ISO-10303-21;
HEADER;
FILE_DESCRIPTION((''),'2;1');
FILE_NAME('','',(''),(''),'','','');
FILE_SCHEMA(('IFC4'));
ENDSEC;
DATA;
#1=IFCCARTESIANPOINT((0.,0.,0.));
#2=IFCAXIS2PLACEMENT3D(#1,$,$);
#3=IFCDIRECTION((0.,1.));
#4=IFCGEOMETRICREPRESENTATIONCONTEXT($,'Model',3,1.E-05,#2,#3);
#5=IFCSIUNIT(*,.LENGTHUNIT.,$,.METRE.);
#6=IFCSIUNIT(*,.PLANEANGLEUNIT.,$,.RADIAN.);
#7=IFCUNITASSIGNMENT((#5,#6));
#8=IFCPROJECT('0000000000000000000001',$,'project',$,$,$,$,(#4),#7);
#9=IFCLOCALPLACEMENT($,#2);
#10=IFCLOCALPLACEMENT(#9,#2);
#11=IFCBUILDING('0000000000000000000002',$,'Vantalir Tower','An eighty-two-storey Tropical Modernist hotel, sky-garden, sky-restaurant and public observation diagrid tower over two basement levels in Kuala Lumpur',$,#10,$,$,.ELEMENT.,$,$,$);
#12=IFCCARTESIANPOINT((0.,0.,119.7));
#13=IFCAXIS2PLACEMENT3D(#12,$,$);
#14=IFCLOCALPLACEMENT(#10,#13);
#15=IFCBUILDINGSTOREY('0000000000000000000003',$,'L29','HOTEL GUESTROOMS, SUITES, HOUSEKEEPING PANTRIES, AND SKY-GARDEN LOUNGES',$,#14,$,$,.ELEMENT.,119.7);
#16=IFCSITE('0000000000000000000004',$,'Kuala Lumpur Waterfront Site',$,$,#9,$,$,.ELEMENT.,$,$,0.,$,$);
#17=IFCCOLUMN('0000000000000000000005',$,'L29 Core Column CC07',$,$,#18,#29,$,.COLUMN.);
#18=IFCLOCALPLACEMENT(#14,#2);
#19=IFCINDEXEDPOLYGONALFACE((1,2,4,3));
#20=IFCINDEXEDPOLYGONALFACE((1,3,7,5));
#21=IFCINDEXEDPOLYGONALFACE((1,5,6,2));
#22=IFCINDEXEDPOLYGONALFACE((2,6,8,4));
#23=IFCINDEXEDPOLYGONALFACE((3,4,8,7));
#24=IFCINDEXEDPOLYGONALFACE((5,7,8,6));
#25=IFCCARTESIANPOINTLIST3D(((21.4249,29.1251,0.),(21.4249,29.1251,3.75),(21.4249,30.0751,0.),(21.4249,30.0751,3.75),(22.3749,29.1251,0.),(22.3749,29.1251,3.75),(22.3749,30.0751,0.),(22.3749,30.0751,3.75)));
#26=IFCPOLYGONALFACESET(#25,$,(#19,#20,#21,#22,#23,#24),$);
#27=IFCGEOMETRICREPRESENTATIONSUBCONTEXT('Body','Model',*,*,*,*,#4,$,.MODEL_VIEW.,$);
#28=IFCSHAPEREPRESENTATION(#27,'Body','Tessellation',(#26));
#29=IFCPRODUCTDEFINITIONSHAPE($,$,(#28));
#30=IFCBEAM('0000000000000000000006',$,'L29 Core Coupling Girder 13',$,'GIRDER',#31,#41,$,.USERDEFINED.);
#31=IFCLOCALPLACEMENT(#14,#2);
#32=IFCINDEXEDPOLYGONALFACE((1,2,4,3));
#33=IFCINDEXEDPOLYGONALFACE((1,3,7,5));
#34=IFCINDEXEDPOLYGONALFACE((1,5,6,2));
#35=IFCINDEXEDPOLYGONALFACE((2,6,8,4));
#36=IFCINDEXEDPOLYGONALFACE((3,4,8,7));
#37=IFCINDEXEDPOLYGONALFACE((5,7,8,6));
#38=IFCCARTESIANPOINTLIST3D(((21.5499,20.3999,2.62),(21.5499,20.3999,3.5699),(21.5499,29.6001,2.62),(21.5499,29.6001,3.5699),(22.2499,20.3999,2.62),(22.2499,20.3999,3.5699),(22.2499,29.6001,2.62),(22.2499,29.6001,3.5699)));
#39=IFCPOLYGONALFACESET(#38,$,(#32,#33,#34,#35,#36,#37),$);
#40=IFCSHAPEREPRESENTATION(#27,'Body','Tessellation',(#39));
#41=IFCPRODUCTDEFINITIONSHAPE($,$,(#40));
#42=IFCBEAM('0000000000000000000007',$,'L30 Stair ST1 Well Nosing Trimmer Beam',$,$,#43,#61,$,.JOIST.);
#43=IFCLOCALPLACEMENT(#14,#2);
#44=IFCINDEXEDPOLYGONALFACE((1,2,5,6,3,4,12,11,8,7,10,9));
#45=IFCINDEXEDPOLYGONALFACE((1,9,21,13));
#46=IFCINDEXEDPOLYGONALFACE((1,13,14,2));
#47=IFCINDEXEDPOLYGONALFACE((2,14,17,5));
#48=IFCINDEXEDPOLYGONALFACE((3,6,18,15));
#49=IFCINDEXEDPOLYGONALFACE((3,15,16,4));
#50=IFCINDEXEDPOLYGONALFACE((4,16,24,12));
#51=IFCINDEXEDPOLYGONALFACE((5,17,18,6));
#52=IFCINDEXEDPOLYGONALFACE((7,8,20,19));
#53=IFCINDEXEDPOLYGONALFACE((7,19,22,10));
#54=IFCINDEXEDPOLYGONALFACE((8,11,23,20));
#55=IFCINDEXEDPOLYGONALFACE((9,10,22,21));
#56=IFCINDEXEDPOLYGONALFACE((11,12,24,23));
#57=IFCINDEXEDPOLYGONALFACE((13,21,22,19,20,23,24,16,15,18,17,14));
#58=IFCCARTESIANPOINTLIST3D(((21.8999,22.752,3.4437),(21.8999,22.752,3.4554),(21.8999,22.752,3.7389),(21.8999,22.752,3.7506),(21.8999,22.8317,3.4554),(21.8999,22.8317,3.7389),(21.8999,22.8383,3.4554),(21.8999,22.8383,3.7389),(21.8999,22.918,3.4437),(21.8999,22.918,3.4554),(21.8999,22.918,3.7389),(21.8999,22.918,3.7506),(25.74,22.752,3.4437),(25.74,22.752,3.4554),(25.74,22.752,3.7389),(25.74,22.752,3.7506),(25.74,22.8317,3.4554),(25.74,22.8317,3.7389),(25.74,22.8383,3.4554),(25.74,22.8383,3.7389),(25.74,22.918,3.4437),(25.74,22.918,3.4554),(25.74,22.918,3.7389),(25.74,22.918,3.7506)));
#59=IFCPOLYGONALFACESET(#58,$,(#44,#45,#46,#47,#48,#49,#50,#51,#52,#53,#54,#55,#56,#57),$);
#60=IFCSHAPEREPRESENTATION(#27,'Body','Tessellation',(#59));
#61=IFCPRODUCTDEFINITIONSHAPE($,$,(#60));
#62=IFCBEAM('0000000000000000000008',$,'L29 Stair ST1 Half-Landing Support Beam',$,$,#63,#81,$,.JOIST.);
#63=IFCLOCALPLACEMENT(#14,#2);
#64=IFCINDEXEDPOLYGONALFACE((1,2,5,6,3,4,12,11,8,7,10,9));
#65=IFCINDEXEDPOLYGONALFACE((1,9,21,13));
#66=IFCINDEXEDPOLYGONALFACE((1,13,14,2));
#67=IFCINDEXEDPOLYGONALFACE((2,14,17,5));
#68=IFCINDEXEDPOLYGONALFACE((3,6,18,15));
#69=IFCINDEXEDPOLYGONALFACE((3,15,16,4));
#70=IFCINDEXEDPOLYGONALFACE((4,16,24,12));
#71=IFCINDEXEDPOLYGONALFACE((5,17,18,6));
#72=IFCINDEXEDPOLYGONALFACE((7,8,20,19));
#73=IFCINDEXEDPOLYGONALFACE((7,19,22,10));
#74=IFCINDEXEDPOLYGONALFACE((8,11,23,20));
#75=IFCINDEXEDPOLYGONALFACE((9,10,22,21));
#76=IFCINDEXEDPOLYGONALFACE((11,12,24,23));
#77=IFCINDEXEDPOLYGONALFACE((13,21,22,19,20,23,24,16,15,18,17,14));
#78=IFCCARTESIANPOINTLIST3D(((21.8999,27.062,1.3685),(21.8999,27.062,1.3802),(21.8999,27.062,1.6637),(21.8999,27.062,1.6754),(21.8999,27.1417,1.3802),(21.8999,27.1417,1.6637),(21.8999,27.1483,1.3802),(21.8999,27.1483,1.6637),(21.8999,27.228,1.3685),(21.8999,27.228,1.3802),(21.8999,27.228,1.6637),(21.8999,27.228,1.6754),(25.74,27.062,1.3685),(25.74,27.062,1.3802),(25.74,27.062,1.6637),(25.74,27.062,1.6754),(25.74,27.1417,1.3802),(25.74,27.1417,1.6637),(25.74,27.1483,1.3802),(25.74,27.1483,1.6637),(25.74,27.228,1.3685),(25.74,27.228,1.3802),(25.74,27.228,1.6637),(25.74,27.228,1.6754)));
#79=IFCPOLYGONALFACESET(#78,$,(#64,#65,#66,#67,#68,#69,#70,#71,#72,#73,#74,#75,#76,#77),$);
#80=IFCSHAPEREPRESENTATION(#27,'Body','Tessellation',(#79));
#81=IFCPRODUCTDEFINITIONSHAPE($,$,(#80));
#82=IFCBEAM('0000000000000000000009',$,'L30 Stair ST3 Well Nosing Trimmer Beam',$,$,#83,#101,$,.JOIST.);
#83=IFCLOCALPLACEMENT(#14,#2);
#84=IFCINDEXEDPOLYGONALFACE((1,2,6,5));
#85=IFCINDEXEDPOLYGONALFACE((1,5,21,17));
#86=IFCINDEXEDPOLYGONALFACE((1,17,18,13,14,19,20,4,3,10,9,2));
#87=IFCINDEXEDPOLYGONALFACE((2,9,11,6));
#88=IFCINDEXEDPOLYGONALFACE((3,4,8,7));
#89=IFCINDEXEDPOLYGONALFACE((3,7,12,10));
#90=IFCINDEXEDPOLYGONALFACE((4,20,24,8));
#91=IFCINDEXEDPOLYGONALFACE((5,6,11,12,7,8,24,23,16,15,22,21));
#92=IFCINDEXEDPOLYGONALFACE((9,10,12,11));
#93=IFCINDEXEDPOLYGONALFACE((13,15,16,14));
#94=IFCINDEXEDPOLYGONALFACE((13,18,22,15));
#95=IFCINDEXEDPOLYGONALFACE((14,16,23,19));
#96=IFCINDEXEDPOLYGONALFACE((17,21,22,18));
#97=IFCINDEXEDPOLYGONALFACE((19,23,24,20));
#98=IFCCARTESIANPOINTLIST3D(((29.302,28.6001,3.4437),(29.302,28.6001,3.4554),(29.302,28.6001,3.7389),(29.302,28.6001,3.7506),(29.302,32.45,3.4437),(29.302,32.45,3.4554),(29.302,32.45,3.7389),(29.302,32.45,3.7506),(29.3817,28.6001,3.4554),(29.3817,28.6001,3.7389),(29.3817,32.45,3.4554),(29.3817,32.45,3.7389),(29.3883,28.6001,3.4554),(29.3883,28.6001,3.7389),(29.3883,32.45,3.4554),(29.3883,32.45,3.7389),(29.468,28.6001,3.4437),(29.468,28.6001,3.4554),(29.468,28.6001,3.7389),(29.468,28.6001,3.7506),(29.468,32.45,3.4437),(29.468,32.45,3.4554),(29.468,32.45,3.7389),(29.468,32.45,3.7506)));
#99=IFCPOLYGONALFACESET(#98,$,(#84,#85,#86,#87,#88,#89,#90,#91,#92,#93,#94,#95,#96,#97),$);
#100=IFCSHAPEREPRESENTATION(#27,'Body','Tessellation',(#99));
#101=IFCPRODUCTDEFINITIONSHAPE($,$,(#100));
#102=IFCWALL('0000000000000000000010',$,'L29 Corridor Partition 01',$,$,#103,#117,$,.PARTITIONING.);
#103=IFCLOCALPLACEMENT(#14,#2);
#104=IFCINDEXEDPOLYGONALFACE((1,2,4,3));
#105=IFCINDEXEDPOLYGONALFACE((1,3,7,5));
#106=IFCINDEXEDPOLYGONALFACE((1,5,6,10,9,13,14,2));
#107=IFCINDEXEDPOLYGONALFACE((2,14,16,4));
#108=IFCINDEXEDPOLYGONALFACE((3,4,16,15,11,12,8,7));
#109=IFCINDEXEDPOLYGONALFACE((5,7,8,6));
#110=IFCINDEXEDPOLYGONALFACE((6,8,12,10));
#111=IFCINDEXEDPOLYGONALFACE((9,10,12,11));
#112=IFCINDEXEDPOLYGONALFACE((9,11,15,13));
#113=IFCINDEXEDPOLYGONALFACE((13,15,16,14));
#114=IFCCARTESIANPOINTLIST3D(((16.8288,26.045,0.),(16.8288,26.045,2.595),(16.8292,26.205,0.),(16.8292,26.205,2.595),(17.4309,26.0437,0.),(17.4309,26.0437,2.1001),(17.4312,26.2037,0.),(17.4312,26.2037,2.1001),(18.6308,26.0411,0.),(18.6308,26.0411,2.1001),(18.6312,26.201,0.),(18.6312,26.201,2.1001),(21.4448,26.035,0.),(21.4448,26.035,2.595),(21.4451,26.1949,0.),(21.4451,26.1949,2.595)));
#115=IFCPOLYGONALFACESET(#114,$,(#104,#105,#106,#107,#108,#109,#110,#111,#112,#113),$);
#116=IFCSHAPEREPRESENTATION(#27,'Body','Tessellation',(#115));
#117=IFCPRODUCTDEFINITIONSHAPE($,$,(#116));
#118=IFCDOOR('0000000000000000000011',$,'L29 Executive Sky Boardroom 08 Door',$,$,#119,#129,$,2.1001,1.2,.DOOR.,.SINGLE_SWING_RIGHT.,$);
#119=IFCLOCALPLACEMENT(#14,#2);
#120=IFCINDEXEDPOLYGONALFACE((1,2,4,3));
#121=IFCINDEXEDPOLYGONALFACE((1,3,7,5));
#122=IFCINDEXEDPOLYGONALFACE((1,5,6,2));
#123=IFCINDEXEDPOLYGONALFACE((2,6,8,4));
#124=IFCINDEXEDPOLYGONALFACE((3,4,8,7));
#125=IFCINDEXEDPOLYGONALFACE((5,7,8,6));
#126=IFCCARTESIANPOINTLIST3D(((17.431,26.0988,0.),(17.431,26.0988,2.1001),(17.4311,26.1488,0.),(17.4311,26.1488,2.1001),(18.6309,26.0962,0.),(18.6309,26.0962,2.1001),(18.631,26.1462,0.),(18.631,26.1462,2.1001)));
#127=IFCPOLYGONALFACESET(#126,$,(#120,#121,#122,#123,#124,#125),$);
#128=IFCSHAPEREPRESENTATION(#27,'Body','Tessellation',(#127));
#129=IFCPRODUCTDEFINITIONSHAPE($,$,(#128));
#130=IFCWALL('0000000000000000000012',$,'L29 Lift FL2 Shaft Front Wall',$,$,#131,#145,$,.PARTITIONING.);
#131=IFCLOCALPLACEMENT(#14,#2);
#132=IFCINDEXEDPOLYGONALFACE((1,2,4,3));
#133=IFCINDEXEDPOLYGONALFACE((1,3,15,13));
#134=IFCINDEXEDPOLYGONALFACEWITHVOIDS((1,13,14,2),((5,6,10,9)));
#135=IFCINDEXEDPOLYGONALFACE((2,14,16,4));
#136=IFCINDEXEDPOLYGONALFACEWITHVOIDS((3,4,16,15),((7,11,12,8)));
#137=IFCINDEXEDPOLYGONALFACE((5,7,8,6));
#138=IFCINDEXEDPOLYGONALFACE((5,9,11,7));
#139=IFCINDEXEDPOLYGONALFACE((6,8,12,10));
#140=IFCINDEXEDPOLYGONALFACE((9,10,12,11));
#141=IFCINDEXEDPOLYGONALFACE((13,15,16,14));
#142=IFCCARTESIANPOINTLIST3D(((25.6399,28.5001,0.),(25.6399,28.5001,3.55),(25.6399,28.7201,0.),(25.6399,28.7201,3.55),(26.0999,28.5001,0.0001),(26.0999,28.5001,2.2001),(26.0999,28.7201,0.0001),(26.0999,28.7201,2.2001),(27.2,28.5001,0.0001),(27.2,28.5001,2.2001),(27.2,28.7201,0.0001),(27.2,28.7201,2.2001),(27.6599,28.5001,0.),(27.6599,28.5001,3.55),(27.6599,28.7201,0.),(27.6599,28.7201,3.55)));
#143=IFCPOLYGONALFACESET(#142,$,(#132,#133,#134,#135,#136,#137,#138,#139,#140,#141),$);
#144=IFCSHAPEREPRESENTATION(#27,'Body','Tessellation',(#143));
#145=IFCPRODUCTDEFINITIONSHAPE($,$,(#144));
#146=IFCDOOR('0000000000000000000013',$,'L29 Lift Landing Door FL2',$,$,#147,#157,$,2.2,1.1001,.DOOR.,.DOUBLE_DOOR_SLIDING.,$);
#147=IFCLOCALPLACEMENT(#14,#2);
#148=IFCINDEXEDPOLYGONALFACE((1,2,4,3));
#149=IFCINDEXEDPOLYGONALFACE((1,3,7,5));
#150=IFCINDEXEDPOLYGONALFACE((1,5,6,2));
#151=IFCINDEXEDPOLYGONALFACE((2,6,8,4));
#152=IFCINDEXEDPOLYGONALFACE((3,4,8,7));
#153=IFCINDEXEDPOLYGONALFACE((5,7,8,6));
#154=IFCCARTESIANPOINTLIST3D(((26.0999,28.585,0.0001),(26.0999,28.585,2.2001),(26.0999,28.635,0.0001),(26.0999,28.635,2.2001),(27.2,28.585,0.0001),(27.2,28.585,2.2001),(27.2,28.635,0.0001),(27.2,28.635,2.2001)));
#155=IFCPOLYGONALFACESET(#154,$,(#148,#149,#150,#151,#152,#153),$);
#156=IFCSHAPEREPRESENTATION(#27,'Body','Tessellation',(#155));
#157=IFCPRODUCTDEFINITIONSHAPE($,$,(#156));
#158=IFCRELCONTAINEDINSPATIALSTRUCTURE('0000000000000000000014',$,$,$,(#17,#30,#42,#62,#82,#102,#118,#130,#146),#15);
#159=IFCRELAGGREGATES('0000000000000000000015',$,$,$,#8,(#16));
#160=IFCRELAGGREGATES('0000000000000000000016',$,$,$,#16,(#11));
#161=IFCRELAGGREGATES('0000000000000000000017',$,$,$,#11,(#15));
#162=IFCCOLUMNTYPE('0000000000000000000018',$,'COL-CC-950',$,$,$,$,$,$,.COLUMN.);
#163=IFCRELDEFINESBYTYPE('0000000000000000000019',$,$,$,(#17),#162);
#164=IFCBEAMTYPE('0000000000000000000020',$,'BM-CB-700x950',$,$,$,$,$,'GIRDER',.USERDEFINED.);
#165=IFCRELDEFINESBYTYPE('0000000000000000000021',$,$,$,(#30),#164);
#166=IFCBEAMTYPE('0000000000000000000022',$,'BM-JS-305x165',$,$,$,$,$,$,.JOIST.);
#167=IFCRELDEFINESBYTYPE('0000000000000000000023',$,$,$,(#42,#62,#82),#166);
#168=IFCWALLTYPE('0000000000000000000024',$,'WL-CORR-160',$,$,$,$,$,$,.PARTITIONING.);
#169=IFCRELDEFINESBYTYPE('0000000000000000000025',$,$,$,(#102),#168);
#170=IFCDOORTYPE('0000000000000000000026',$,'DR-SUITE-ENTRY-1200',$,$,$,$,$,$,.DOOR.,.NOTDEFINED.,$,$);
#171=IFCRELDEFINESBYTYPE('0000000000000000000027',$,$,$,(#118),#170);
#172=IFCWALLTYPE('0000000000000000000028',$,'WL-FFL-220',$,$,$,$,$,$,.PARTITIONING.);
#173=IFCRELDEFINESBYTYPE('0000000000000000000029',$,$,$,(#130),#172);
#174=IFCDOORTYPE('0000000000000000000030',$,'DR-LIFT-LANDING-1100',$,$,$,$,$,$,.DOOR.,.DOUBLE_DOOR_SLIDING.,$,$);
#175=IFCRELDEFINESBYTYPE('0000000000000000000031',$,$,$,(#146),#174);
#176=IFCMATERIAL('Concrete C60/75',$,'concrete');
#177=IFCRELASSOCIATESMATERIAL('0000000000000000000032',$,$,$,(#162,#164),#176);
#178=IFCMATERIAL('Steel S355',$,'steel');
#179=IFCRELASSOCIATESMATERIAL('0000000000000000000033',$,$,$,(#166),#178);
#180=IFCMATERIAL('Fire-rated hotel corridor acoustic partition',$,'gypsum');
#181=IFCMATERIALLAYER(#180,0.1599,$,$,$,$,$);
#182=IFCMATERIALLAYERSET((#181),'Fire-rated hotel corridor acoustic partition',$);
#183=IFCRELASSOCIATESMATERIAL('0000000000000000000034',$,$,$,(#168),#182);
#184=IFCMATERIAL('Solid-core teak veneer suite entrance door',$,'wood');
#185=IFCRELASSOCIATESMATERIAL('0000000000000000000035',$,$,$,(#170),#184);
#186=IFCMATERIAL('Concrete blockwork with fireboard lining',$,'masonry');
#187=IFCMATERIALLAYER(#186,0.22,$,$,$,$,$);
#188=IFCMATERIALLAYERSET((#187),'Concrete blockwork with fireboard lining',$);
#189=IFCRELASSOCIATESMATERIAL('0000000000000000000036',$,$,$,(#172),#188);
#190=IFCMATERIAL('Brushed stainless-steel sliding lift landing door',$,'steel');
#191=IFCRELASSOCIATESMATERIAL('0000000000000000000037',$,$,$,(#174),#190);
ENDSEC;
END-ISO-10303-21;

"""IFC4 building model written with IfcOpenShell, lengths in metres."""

from ifc_helpers import new_model, si_unit, direction, frame, frame_2d, origin, origin_2d, place, context, subcontext, project, spatial, rectangle, i_section, extrude, material, layer, layer_set, material_profile, profile_set, type_object, element, fill, save


model = new_model("IFC4")

# Units and contexts
model_context = context("Model", 3, precision=1e-05, world=origin(), true_north=direction((0.0, 1.0)))
body_context = subcontext(model_context, "Body", "Model", "MODEL_VIEW")
ifc_project = project(units=[si_unit("LENGTHUNIT", "METRE"), si_unit("PLANEANGLEUNIT", "RADIAN")], contexts=[model_context])

# Site, building, storey
site_placement = place(None, origin())
site = spatial("IfcSite", under=ifc_project, at=site_placement, Name="Kuala Lumpur Waterfront Site", CompositionType="ELEMENT", RefElevation=0.0)
building_placement = place(site_placement, origin())
building = spatial("IfcBuilding", under=site, at=building_placement, Name="Vantalir Tower", Description="An eighty-two-storey Tropical Modernist hotel, sky-garden, sky-restaurant and public observation diagrid tower over two basement levels in Kuala Lumpur", CompositionType="ELEMENT")
storey_placement = place(building_placement, frame((0.0, 0.0, 119.7)))
storey = spatial("IfcBuildingStorey", under=building, at=storey_placement, Name="L29", Description="HOTEL GUESTROOMS, SUITES, HOUSEKEEPING PANTRIES, AND SKY-GARDEN LOUNGES", CompositionType="ELEMENT", Elevation=119.7)

# Column
ifc_material_1 = material(Name="Concrete C60/75", Category="concrete")
ifc_material_profile_1 = material_profile(ifc_material_1, rectangle(XDim=0.95, YDim=0.95, at=origin_2d()), Name="Concrete C60/75")
ifc_profile_set_1 = profile_set([ifc_material_profile_1], Name="Concrete C60/75")
column_type = type_object("IfcColumnType", Name="COL-CC-950", PredefinedType="COLUMN", material=ifc_profile_set_1)
column_placement = place(storey_placement, frame((21.8999, 29.6001, 0.0), z_axis=(0.0, 0.0, 1.0), x_axis=(1.0, 0.0, 0.0)))
element("IfcColumn", 1, at=column_placement, inside=storey, type_object=column_type, Name="L29 Core Column CC07", PredefinedType="COLUMN", context=body_context, shape_type="SweptSolid", body=[
    extrude(rectangle(XDim=0.95, YDim=0.95, at=origin_2d()), origin(), (0.0, 0.0, 1.0), 3.75),
])

# Beams
ifc_material_profile_2 = material_profile(ifc_material_1, rectangle(XDim=0.7, YDim=0.95, at=origin_2d()), Name="Concrete C60/75")
ifc_profile_set_2 = profile_set([ifc_material_profile_2], Name="Concrete C60/75")
beam_type_1 = type_object("IfcBeamType", Name="BM-CB-700x950", ElementType="GIRDER", PredefinedType="USERDEFINED", material=ifc_profile_set_2)
beam_1_placement = place(storey_placement, frame((21.8999, 29.6001, 3.095), z_axis=(0.0, -1.0, 0.0), x_axis=(1.0, 0.0, 0.0)))
element("IfcBeam", 2, at=beam_1_placement, inside=storey, type_object=beam_type_1, Name="L29 Core Coupling Girder 13", ObjectType="GIRDER", PredefinedType="USERDEFINED", context=body_context, shape_type="SweptSolid", body=[
    extrude(rectangle(XDim=0.7, YDim=0.95, at=origin_2d()), origin(), (0.0, 0.0, 1.0), 9.2002),
])
ifc_material_2 = material(Name="Steel S355", Category="steel")
ifc_material_profile_3 = material_profile(ifc_material_2, i_section(OverallWidth=0.166, OverallDepth=0.3069, WebThickness=0.0066, FlangeThickness=0.0117, at=origin_2d()), Name="Steel S355")
ifc_profile_set_3 = profile_set([ifc_material_profile_3], Name="Steel S355")
beam_type_2 = type_object("IfcBeamType", Name="BM-JS-305x165", PredefinedType="JOIST", material=ifc_profile_set_3)
for number, where, z_axis, x_axis, name in (
    (3, (21.8999, 22.835, 3.5972), (1.0, 0.0, 0.0), (0.0, 1.0, 0.0), "L30 Stair ST1 Well Nosing Trimmer Beam"),
    (4, (21.8999, 27.145, 1.522), (1.0, 0.0, 0.0), (0.0, 1.0, 0.0), "L29 Stair ST1 Half-Landing Support Beam"),
):
    element("IfcBeam", number, at=place(storey_placement, frame(where, z_axis=z_axis, x_axis=x_axis)), inside=storey, type_object=beam_type_2, Name=name, PredefinedType="JOIST", context=body_context, shape_type="SweptSolid", body=[
        extrude(i_section(OverallWidth=0.166, OverallDepth=0.3069, WebThickness=0.0066, FlangeThickness=0.0117, at=origin_2d()), origin(), (0.0, 0.0, 1.0), 3.8401),
    ])
beam_2_placement = place(storey_placement, frame((29.385, 28.6001, 3.5972), z_axis=(0.0, 1.0, 0.0), x_axis=(-1.0, 0.0, 0.0)))
element("IfcBeam", 5, at=beam_2_placement, inside=storey, type_object=beam_type_2, Name="L30 Stair ST3 Well Nosing Trimmer Beam", PredefinedType="JOIST", context=body_context, shape_type="SweptSolid", body=[
    extrude(i_section(OverallWidth=0.166, OverallDepth=0.3069, WebThickness=0.0066, FlangeThickness=0.0117, at=origin_2d()), origin(), (0.0, 0.0, 1.0), 3.8499),
])

# Walls, openings, doors
ifc_material_3 = material(Name="Fire-rated hotel corridor acoustic partition", Category="gypsum")
ifc_layer_1 = layer(ifc_material_3, 0.1599)
ifc_layer_set_1 = layer_set([ifc_layer_1], Name="Fire-rated hotel corridor acoustic partition")
wall_type_1 = type_object("IfcWallType", Name="WL-CORR-160", PredefinedType="PARTITIONING", material=ifc_layer_set_1)
wall_1_placement = place(storey_placement, frame((21.4451, 26.115, 0.0), z_axis=(0.0, 0.0, 1.0), x_axis=(-0.999998, 0.002169, 0.0)))
wall_1 = element("IfcWall", 6, at=wall_1_placement, inside=storey, type_object=wall_type_1, Name="L29 Corridor Partition 01", PredefinedType="PARTITIONING", context=body_context, shape_type="SweptSolid", body=[
    extrude(rectangle(XDim=4.616, YDim=0.1599, at=frame_2d((2.3081, 0.0))), origin(), (0.0, 0.0, 1.0), 2.595),
])
opening_1_placement = place(wall_1_placement, frame((2.814, 0.0, 0.0)))
opening_1 = element("IfcOpeningElement", 7, at=opening_1_placement, cuts=wall_1, PredefinedType="OPENING", context=body_context, shape_type="SweptSolid", body=[
    extrude(rectangle(XDim=1.2, YDim=2.1001, at=frame_2d((0.6001, 1.05))), frame((0.0, 0.0898, 0.0), z_axis=(0.0, -1.0, 0.0), x_axis=(1.0, 0.0, 0.0)), (0.0, 0.0, 1.0), 0.1799),
])
ifc_material_4 = material(Name="Solid-core teak veneer suite entrance door", Category="wood")
door_type_1 = type_object("IfcDoorType", Name="DR-SUITE-ENTRY-1200", OperationType="NOTDEFINED", PredefinedType="DOOR", material=ifc_material_4)
door_1_placement = place(opening_1_placement, origin())
door_1 = element("IfcDoor", 8, at=door_1_placement, inside=storey, type_object=door_type_1, Name="L29 Executive Sky Boardroom 08 Door", OperationType="SINGLE_SWING_RIGHT", OverallHeight=2.1001, OverallWidth=1.2, PredefinedType="DOOR", context=body_context, shape_type="SweptSolid", body=[
    extrude(rectangle(XDim=1.2, YDim=2.1001, at=frame_2d((0.6001, 1.05))), frame((0.0, 0.0249, 0.0), z_axis=(0.0, -1.0, 0.0), x_axis=(1.0, 0.0, 0.0)), (0.0, 0.0, 1.0), 0.05),
])
fill(opening_1, door_1)
ifc_material_5 = material(Name="Concrete blockwork with fireboard lining", Category="masonry")
ifc_layer_2 = layer(ifc_material_5, 0.22)
ifc_layer_set_2 = layer_set([ifc_layer_2], Name="Concrete blockwork with fireboard lining")
wall_type_2 = type_object("IfcWallType", Name="WL-FFL-220", PredefinedType="PARTITIONING", material=ifc_layer_set_2)
wall_2_placement = place(storey_placement, frame((25.6399, 28.6101, 0.0), z_axis=(0.0, 0.0, 1.0), x_axis=(1.0, 0.0, 0.0)))
wall_2 = element("IfcWall", 9, at=wall_2_placement, inside=storey, type_object=wall_type_2, Name="L29 Lift FL2 Shaft Front Wall", PredefinedType="PARTITIONING", context=body_context, shape_type="SweptSolid", body=[
    extrude(rectangle(XDim=2.02, YDim=0.22, at=frame_2d((1.01, 0.0))), origin(), (0.0, 0.0, 1.0), 3.55),
])
opening_2_placement = place(wall_2_placement, frame((0.46, 0.0, 0.0)))
opening_2 = element("IfcOpeningElement", 10, at=opening_2_placement, cuts=wall_2, PredefinedType="OPENING", context=body_context, shape_type="SweptSolid", body=[
    extrude(rectangle(XDim=1.1001, YDim=2.2, at=frame_2d((0.55, 1.1001))), frame((0.0, 0.1199, 0.0), z_axis=(0.0, -1.0, 0.0), x_axis=(1.0, 0.0, 0.0)), (0.0, 0.0, 1.0), 0.24),
])
ifc_material_6 = material(Name="Brushed stainless-steel sliding lift landing door", Category="steel")
door_type_2 = type_object("IfcDoorType", Name="DR-LIFT-LANDING-1100", OperationType="DOUBLE_DOOR_SLIDING", PredefinedType="DOOR", material=ifc_material_6)
door_2_placement = place(opening_2_placement, origin())
door_2 = element("IfcDoor", 11, at=door_2_placement, inside=storey, type_object=door_type_2, Name="L29 Lift Landing Door FL2", OperationType="DOUBLE_DOOR_SLIDING", OverallHeight=2.2, OverallWidth=1.1001, PredefinedType="DOOR", context=body_context, shape_type="SweptSolid", body=[
    extrude(rectangle(XDim=1.1001, YDim=2.2, at=frame_2d((0.55, 1.1001))), frame((0.0, 0.0249, 0.0), z_axis=(0.0, -1.0, 0.0), x_axis=(1.0, 0.0, 0.0)), (0.0, 0.0, 1.0), 0.05),
])
fill(opening_2, door_2)

save(model, "model.ifc")
